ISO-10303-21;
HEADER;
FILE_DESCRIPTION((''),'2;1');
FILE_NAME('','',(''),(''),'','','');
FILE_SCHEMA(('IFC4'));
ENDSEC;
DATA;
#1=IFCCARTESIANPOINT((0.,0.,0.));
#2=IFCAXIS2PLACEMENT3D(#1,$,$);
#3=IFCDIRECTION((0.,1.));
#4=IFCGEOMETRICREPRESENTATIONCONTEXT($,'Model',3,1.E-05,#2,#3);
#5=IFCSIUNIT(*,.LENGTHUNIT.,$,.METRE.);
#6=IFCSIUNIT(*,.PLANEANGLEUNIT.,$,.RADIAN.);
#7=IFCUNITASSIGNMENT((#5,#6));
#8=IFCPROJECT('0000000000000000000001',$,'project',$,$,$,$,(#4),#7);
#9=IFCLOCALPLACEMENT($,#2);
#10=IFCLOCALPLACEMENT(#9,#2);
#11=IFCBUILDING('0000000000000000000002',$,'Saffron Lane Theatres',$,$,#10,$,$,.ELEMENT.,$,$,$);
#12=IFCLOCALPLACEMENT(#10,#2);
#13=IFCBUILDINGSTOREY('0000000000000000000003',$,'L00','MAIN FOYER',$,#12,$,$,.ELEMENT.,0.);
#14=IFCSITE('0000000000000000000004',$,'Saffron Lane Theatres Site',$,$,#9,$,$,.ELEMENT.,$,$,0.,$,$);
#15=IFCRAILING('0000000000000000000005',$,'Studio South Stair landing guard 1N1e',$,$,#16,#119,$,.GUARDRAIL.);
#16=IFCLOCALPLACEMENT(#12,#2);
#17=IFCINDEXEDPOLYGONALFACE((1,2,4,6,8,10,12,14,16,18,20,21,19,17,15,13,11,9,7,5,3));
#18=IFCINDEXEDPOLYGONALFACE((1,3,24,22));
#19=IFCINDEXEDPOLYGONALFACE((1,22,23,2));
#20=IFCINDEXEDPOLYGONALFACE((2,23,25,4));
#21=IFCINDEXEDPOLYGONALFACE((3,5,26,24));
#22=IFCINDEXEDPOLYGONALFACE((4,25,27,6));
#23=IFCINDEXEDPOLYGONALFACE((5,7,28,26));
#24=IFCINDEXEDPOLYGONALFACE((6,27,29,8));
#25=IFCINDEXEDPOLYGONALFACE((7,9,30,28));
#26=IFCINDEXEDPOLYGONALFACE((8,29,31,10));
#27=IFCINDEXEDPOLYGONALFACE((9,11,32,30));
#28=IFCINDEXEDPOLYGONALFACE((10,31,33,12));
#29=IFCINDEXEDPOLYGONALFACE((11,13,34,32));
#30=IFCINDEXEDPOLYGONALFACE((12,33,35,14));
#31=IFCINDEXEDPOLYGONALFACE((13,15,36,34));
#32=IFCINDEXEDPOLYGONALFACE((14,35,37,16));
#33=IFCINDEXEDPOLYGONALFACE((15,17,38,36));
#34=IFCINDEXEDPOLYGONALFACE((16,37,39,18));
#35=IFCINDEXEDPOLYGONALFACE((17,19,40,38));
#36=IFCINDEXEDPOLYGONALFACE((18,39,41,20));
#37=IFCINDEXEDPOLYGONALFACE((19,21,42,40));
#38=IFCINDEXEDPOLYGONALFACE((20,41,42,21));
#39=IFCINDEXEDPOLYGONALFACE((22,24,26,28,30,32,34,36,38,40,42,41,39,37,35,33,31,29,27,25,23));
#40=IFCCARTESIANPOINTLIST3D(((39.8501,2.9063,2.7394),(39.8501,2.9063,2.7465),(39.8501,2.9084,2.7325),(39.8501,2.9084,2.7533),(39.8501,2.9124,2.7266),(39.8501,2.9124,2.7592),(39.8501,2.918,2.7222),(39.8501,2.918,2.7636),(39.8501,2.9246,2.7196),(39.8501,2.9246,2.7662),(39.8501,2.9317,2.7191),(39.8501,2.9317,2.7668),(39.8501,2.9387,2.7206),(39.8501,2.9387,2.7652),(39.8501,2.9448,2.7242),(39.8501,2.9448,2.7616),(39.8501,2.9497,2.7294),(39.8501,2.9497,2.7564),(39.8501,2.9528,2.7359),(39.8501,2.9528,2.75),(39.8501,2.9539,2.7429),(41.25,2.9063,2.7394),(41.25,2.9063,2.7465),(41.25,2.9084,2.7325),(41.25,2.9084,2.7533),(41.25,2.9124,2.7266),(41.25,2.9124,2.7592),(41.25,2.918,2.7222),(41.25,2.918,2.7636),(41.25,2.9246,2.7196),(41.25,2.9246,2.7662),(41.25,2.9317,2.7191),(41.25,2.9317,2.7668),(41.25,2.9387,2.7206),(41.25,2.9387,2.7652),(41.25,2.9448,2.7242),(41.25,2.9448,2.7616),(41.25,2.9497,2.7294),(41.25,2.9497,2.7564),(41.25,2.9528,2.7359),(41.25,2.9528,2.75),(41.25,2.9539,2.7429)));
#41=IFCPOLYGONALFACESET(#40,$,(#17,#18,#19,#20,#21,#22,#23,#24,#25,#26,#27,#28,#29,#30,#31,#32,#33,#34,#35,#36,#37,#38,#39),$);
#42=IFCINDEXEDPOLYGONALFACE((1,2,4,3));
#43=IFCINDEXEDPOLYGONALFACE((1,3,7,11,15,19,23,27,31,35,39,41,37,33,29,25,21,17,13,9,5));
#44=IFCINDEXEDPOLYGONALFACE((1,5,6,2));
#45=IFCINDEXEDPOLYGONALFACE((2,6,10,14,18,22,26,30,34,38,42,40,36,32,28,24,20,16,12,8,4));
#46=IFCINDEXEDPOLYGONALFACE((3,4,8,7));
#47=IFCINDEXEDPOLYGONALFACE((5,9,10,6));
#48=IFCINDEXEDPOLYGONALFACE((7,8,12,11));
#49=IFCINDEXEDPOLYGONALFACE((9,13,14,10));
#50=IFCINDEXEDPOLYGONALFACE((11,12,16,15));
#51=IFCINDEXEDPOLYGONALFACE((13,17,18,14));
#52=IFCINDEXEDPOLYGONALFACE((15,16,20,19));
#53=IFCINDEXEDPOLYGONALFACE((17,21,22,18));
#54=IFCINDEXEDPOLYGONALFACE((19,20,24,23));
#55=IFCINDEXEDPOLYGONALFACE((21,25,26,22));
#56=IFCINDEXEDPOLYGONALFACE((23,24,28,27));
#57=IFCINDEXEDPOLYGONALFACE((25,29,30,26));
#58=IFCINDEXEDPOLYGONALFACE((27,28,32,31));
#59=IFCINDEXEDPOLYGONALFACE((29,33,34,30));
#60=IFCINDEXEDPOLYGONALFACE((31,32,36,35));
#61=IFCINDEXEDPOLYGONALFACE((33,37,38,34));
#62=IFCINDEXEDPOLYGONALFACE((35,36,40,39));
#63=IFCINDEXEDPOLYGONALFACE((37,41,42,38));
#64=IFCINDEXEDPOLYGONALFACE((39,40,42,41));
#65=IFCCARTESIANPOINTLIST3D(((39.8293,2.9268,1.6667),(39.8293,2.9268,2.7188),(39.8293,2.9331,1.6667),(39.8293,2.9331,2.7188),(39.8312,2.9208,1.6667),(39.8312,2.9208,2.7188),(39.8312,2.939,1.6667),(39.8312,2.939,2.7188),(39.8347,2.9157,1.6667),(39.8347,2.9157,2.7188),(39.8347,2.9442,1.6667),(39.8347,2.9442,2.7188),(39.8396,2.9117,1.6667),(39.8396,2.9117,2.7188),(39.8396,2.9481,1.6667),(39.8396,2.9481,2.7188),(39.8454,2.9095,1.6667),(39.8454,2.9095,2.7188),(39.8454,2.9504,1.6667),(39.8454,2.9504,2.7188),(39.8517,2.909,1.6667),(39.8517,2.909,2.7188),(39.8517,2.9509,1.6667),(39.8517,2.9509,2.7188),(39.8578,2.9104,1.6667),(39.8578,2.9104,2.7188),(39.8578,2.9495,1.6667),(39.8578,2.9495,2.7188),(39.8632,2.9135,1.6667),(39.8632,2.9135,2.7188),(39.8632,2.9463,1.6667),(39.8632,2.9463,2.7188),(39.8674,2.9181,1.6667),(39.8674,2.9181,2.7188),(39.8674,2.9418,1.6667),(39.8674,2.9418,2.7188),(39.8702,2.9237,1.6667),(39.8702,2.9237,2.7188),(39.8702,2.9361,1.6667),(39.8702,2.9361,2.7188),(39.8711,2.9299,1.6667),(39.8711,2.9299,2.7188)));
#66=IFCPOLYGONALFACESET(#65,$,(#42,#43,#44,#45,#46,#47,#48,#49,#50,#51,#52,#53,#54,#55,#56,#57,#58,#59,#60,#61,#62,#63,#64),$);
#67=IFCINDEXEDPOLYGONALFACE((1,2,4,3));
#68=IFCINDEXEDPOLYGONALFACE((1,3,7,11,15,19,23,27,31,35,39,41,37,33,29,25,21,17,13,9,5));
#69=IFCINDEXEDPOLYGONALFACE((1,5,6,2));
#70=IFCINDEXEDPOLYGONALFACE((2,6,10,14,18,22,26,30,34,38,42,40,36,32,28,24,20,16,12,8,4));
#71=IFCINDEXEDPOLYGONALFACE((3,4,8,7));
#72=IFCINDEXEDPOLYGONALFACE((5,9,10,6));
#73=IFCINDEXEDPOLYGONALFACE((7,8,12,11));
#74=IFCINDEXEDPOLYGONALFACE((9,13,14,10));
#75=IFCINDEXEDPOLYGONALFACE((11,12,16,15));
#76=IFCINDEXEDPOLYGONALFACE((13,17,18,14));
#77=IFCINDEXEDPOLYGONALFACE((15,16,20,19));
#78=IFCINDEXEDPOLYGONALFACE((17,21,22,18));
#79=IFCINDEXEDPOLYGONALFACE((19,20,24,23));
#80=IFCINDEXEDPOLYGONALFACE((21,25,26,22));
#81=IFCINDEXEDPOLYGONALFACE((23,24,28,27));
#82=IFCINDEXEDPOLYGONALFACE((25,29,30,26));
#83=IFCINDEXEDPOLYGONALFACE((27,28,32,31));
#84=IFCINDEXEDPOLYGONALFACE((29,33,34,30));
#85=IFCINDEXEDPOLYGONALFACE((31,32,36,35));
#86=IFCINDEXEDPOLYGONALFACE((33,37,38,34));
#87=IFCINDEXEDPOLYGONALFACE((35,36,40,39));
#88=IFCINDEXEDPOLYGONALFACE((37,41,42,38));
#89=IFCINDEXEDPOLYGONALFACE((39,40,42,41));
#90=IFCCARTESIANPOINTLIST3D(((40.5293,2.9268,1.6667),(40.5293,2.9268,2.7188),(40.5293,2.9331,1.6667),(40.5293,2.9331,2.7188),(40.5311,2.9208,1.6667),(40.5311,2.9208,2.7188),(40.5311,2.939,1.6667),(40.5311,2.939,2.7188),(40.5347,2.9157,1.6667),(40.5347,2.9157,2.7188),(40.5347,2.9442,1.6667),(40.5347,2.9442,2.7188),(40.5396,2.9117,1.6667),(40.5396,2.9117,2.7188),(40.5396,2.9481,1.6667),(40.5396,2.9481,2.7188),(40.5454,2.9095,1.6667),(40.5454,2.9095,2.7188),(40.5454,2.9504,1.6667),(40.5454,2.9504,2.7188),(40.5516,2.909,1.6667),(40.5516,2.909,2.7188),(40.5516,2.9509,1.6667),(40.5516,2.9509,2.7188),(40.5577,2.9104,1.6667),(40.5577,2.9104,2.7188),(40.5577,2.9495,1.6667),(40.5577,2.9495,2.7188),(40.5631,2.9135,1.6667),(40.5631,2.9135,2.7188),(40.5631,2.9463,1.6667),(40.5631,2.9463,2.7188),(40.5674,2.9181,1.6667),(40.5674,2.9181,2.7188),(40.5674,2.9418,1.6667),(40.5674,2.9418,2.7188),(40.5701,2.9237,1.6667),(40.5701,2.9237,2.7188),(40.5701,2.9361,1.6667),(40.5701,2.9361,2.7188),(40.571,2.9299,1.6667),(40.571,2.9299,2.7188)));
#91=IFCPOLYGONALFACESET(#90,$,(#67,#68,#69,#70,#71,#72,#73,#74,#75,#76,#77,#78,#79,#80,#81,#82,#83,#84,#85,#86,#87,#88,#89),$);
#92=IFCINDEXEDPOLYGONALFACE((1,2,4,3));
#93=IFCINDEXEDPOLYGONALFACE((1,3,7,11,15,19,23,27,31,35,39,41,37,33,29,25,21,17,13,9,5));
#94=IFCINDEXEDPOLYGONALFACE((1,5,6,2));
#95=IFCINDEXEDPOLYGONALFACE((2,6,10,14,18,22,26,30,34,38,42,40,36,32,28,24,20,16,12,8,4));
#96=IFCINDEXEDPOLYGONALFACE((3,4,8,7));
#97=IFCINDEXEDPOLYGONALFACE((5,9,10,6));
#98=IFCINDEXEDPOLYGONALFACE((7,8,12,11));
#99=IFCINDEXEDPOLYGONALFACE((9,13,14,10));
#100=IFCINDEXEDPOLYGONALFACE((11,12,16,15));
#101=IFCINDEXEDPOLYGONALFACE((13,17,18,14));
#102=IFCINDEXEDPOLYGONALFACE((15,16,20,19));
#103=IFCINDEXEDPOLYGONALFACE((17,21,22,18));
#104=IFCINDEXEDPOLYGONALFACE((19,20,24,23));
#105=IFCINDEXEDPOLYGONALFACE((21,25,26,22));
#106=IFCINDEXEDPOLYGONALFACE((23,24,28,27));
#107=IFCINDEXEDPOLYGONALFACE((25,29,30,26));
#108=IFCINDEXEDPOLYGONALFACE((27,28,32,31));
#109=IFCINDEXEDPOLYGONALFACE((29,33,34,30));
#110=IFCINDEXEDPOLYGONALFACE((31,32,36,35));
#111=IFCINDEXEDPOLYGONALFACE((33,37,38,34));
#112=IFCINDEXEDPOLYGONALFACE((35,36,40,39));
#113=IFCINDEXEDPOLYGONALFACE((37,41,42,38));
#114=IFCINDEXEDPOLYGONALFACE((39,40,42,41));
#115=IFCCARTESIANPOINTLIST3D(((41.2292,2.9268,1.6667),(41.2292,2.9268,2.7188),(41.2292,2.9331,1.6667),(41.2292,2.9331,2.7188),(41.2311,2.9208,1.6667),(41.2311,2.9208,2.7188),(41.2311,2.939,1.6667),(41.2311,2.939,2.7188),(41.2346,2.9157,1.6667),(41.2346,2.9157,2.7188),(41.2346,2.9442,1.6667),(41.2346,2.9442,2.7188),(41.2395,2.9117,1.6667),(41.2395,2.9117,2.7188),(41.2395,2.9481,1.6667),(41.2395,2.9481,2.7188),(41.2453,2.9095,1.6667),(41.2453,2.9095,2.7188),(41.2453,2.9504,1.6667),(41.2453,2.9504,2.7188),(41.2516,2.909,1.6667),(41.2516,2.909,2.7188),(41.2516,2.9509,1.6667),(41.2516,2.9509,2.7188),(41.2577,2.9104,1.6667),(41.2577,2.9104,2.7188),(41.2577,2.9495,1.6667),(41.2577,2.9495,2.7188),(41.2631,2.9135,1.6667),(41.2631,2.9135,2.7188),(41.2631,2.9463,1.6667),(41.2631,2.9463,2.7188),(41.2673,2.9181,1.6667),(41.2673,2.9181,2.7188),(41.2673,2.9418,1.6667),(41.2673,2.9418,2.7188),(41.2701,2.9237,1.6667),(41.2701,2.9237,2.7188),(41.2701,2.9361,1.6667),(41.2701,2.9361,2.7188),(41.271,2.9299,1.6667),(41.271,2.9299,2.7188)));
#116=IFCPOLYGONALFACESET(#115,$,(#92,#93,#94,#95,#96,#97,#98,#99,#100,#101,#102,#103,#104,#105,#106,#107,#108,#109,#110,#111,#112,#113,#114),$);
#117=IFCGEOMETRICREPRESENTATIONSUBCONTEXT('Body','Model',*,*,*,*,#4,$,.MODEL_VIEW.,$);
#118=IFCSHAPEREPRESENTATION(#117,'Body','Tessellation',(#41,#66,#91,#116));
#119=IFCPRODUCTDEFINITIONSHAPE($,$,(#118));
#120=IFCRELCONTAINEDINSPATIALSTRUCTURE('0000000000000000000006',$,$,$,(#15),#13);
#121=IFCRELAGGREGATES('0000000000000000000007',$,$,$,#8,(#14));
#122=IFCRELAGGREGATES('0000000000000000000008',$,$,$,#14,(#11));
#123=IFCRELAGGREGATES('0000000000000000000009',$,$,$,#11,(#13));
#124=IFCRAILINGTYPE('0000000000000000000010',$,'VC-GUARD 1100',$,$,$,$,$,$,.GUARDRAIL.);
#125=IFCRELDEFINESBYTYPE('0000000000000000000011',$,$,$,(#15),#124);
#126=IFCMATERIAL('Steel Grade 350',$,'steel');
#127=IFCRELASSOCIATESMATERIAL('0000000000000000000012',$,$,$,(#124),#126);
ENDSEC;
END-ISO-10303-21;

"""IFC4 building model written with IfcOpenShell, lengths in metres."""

from ifc_helpers import new_model, si_unit, direction, frame, origin, origin_2d, place, context, subcontext, project, spatial, circle, extrude, material, type_object, element, save


model = new_model("IFC4")

# Units and contexts
model_context = context("Model", 3, precision=1e-05, world=origin(), true_north=direction((0.0, 1.0)))
body_context = subcontext(model_context, "Body", "Model", "MODEL_VIEW")
ifc_project = project(units=[si_unit("LENGTHUNIT", "METRE"), si_unit("PLANEANGLEUNIT", "RADIAN")], contexts=[model_context])

# Site, building, storey
site_placement = place(None, origin())
site = spatial("IfcSite", under=ifc_project, at=site_placement, Name="Saffron Lane Theatres Site", CompositionType="ELEMENT", RefElevation=0.0)
building_placement = place(site_placement, origin())
building = spatial("IfcBuilding", under=site, at=building_placement, Name="Saffron Lane Theatres", CompositionType="ELEMENT")
storey_placement = place(building_placement, origin())
storey = spatial("IfcBuildingStorey", under=building, at=storey_placement, Name="L00", Description="MAIN FOYER", CompositionType="ELEMENT", Elevation=0.0)

# Railing
ifc_material_1 = material(Name="Steel Grade 350", Category="steel")
railing_type_1 = type_object("IfcRailingType", Name="VC-GUARD 1100", PredefinedType="GUARDRAIL", material=ifc_material_1)
railing_1_placement = place(storey_placement, frame((39.8501, 2.9299, 1.6667)))
element("IfcRailing", 1, at=railing_1_placement, inside=storey, type_object=railing_type_1, Name="Studio South Stair landing guard 1N1e", PredefinedType="GUARDRAIL", context=body_context, shape_type="SweptSolid", body=[
    extrude(circle(Radius=0.0239, at=origin_2d()), frame((0.0, 0.0, 1.0762), z_axis=(1.0, 0.0, 0.0), x_axis=(0.0, 1.0, 0.0)), (0.0, 0.0, 1.0), 1.3999),
    extrude(circle(Radius=0.021, at=origin_2d()), origin(), (0.0, 0.0, 1.0), 1.052),
    extrude(circle(Radius=0.021, at=origin_2d()), frame((0.7, 0.0, 0.0)), (0.0, 0.0, 1.0), 1.052),
    extrude(circle(Radius=0.021, at=origin_2d()), frame((1.3999, 0.0, 0.0)), (0.0, 0.0, 1.0), 1.052),
])

save(model, "model.ifc")
